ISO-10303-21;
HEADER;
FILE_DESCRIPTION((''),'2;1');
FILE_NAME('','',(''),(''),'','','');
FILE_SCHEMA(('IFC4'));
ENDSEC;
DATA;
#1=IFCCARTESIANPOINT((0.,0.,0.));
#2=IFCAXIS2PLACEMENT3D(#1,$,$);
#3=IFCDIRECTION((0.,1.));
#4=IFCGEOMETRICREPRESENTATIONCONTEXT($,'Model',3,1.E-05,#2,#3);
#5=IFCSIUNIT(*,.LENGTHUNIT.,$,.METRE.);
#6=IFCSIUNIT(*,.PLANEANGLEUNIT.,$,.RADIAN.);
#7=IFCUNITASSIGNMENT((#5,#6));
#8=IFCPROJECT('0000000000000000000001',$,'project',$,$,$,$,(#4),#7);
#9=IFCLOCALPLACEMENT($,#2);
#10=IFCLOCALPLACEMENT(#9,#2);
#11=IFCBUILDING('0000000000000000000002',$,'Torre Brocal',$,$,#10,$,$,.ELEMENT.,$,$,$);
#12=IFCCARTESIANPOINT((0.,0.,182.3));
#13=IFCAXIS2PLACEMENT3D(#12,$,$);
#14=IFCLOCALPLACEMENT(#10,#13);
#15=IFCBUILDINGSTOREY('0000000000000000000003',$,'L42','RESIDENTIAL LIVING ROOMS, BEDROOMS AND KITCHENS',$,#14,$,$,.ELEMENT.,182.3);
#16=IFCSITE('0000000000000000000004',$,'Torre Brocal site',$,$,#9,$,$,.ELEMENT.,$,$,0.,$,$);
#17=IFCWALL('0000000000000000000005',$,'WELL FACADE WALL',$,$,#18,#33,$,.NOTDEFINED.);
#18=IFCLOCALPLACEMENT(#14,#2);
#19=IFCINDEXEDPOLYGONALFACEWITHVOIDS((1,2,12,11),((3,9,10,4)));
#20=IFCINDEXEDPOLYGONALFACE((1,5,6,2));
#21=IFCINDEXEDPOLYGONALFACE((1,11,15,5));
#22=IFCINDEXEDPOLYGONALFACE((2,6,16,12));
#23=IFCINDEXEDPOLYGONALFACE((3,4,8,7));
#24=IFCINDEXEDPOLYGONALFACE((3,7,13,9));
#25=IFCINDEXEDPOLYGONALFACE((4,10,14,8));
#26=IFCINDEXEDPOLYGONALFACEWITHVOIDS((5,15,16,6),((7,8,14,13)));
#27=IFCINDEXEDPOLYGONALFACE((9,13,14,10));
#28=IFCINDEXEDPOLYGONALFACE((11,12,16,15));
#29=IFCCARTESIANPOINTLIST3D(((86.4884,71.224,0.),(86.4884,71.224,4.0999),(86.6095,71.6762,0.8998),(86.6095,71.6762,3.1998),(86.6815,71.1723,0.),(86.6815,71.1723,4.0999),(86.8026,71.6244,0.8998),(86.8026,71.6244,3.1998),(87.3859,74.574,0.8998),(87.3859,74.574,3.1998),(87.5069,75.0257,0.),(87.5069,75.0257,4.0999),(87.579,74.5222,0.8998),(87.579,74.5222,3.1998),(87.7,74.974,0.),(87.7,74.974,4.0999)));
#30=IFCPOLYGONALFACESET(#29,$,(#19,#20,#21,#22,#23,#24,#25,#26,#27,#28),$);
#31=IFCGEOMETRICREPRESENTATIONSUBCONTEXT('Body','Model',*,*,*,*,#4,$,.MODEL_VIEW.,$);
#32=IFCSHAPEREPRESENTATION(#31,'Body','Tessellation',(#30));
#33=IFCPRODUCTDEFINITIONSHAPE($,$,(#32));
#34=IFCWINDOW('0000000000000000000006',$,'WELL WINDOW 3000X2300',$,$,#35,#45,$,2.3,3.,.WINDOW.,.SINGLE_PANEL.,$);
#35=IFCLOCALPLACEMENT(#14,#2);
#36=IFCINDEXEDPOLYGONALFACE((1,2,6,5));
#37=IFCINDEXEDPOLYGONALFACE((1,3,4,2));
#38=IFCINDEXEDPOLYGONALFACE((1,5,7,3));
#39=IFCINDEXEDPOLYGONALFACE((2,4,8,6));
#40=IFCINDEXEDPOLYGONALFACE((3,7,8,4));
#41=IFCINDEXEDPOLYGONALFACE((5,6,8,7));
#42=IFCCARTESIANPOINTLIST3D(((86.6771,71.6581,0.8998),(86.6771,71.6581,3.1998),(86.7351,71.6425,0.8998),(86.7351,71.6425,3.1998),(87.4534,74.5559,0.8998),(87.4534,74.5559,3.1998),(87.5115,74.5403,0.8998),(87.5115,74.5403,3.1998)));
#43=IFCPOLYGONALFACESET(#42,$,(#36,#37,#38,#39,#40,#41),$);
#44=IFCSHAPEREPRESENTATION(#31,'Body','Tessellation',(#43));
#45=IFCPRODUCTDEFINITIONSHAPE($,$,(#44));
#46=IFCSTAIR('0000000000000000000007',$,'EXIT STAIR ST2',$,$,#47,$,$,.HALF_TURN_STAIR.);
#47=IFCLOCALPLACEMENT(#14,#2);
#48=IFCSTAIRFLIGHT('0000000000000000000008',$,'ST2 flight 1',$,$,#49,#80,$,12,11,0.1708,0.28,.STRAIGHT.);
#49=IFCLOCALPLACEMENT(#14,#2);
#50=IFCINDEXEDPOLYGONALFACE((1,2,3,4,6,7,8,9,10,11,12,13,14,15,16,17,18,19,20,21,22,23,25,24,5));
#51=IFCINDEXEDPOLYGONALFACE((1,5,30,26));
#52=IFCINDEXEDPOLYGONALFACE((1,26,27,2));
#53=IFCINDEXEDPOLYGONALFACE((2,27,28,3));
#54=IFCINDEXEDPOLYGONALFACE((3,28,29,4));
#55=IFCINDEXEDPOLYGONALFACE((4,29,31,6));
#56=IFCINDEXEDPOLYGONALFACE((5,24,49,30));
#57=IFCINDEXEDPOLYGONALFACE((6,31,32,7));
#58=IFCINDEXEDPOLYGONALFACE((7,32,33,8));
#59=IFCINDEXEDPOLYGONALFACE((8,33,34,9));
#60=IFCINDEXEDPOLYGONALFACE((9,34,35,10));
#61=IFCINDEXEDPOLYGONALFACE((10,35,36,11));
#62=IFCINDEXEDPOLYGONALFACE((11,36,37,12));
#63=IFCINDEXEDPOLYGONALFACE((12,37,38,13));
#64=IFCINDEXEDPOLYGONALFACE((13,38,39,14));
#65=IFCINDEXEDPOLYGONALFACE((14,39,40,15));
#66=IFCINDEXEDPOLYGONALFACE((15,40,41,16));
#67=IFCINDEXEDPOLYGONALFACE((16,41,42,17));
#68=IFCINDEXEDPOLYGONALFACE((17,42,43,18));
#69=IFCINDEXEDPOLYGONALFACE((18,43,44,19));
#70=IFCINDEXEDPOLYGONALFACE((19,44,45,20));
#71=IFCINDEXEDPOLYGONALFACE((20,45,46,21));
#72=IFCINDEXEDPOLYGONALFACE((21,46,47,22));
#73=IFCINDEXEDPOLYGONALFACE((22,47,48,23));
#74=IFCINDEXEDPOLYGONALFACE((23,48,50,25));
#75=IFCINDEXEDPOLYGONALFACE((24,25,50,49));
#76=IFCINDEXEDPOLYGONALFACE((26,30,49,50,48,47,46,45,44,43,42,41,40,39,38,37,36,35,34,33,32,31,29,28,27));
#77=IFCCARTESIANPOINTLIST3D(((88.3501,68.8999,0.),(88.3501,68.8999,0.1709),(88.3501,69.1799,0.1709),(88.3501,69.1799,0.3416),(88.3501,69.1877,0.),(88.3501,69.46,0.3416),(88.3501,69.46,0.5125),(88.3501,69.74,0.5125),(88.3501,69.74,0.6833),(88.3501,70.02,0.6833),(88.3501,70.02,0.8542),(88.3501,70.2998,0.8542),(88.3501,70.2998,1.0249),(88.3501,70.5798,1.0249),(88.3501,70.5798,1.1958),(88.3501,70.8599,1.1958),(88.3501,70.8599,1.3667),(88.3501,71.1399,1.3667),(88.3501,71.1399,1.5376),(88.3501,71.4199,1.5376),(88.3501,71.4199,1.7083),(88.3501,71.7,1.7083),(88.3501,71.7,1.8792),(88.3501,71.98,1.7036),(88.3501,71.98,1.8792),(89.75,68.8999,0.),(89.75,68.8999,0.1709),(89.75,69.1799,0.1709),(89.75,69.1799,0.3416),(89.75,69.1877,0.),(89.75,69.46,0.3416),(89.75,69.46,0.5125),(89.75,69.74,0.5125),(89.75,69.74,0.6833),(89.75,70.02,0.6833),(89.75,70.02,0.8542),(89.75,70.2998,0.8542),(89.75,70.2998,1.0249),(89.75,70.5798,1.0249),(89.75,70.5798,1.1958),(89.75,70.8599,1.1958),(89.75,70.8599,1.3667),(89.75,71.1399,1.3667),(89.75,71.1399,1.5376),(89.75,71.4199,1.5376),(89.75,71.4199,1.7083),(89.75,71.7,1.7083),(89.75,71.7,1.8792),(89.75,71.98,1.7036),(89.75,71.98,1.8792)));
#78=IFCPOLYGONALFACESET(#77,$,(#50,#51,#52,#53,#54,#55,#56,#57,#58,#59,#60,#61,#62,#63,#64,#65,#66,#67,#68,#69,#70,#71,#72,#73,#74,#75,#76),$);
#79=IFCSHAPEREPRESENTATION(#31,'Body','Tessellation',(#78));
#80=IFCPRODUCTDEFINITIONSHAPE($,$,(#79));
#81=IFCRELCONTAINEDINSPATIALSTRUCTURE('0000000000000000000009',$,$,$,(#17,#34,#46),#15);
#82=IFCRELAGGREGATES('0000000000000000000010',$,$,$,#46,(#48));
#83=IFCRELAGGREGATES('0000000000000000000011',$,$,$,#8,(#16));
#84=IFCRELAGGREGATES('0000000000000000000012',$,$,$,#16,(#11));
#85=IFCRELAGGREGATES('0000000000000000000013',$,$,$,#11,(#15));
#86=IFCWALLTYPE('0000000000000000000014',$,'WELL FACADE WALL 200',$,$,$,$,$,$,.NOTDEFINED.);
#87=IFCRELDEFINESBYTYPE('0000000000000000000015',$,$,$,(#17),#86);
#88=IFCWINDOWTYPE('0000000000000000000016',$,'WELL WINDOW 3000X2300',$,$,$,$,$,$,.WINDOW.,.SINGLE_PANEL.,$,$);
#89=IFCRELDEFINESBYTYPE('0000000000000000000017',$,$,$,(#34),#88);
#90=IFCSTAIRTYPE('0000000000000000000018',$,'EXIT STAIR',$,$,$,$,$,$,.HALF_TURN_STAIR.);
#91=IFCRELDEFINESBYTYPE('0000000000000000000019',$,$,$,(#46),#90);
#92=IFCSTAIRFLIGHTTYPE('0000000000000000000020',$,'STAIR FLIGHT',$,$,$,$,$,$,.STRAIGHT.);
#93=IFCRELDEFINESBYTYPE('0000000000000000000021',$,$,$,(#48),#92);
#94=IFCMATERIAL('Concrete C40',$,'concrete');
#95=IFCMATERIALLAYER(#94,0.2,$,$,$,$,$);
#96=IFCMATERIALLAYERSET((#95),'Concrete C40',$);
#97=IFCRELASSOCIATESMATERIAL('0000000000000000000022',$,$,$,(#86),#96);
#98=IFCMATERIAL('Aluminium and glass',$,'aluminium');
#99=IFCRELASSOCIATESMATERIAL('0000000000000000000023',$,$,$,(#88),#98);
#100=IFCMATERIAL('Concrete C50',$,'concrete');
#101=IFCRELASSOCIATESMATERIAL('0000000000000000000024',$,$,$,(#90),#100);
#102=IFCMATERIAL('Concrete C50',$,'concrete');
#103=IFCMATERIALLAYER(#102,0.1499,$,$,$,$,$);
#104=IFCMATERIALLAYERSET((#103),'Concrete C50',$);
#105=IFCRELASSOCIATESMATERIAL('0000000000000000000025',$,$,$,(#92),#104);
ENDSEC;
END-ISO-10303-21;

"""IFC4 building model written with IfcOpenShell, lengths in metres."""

from ifc_helpers import new_model, si_unit, direction, frame, frame_2d, origin, place, context, subcontext, project, spatial, polyline, rectangle, outline, extrude, material, layer, layer_set, type_object, element, fill, aggregate, save


model = new_model("IFC4")

# Units and contexts
model_context = context("Model", 3, precision=1e-05, world=origin(), true_north=direction((0.0, 1.0)))
body_context = subcontext(model_context, "Body", "Model", "MODEL_VIEW")
ifc_project = project(units=[si_unit("LENGTHUNIT", "METRE"), si_unit("PLANEANGLEUNIT", "RADIAN")], contexts=[model_context])

# Site, building, storey
site_placement = place(None, origin())
site = spatial("IfcSite", under=ifc_project, at=site_placement, Name="Torre Brocal site", CompositionType="ELEMENT", RefElevation=0.0)
building_placement = place(site_placement, origin())
building = spatial("IfcBuilding", under=site, at=building_placement, Name="Torre Brocal", CompositionType="ELEMENT")
storey_placement = place(building_placement, frame((0.0, 0.0, 182.3)))
storey = spatial("IfcBuildingStorey", under=building, at=storey_placement, Name="L42", Description="RESIDENTIAL LIVING ROOMS, BEDROOMS AND KITCHENS", CompositionType="ELEMENT", Elevation=182.3)

# Wall, opening, window
ifc_material_1 = material(Name="Concrete C40", Category="concrete")
ifc_layer_1 = layer(ifc_material_1, 0.2)
ifc_layer_set_1 = layer_set([ifc_layer_1], Name="Concrete C40")
wall_type_1 = type_object("IfcWallType", Name="WELL FACADE WALL 200", PredefinedType="NOTDEFINED", material=ifc_layer_set_1)
ifc_material_2 = material(Name="Aluminium and glass", Category="aluminium")
window_type = type_object("IfcWindowType", Name="WELL WINDOW 3000X2300", PartitioningType="SINGLE_PANEL", PredefinedType="WINDOW", material=ifc_material_2)
wall_1_placement = place(storey_placement, frame((86.585, 71.1982, 0.0), z_axis=(0.0, 0.0, 1.0), x_axis=(0.25879, 0.965934, 0.0)))
wall_1 = element("IfcWall", 1, at=wall_1_placement, inside=storey, type_object=wall_type_1, Name="WELL FACADE WALL", PredefinedType="NOTDEFINED", context=body_context, shape_type="SweptSolid", body=[
    extrude(rectangle(XDim=3.9358, YDim=0.2, at=frame_2d((1.9678, 0.0))), origin(), (0.0, 0.0, 1.0), 4.0999),
])
opening_1_placement = place(wall_1_placement, frame((0.468, 0.0, 0.8999)))
opening_1 = element("IfcOpeningElement", 2, at=opening_1_placement, cuts=wall_1, PredefinedType="OPENING", context=body_context, shape_type="SweptSolid", body=[
    extrude(rectangle(XDim=3.0, YDim=2.3, at=frame_2d((1.5, 1.1499))), frame((0.0, 0.1099, 0.0), z_axis=(0.0, -1.0, 0.0), x_axis=(1.0, 0.0, 0.0)), (0.0, 0.0, 1.0), 0.22),
])
window_1_placement = place(opening_1_placement, origin())
window_1 = element("IfcWindow", 3, at=window_1_placement, inside=storey, type_object=window_type, Name="WELL WINDOW 3000X2300", OverallHeight=2.3, OverallWidth=3.0, PartitioningType="SINGLE_PANEL", PredefinedType="WINDOW", context=body_context, shape_type="SweptSolid", body=[
    extrude(rectangle(XDim=3.0, YDim=2.3, at=frame_2d((1.5, 1.1499))), frame((0.0, 0.03, 0.0), z_axis=(0.0, -1.0, 0.0), x_axis=(1.0, 0.0, 0.0)), (0.0, 0.0, 1.0), 0.0601),
])
fill(opening_1, window_1)

# Stair, stair flight
ifc_material_3 = material(Name="Concrete C50", Category="concrete")
stair_type = type_object("IfcStairType", Name="EXIT STAIR", PredefinedType="HALF_TURN_STAIR", material=ifc_material_3)
stair_placement = place(storey_placement, origin())
stair = element("IfcStair", 4, at=stair_placement, inside=storey, type_object=stair_type, Name="EXIT STAIR ST2", PredefinedType="HALF_TURN_STAIR")
ifc_material_4 = material(Name="Concrete C50", Category="concrete")
ifc_layer_2 = layer(ifc_material_4, 0.1499)
ifc_layer_set_2 = layer_set([ifc_layer_2], Name="Concrete C50")
stair_flight_type = type_object("IfcStairFlightType", Name="STAIR FLIGHT", PredefinedType="STRAIGHT", material=ifc_layer_set_2)
stair_flight_placement = place(storey_placement, frame((89.05, 68.8999, 0.0), z_axis=(0.0, 0.0, 1.0), x_axis=(0.0, 1.0, 0.0)))
stair_flight = element("IfcStairFlight", 5, at=stair_flight_placement, type_object=stair_flight_type, Name="ST2 flight 1", NumberOfRisers=12, NumberOfTreads=11, PredefinedType="STRAIGHT", RiserHeight=0.1708, TreadLength=0.28, context=body_context, shape_type="SweptSolid", body=[
    extrude(outline(polyline([(0.0, 0.0), (0.0, 0.1709), (0.28, 0.1709), (0.28, 0.3416), (0.5601, 0.3416), (0.5601, 0.5125), (0.8401, 0.5125), (0.8401, 0.6833), (1.1201, 0.6833), (1.1201, 0.8542), (1.3999, 0.8542), (1.3999, 1.0249), (1.6799, 1.0249), (1.6799, 1.1958), (1.96, 1.1958), (1.96, 1.3667), (2.24, 1.3667), (2.24, 1.5376), (2.52, 1.5376), (2.52, 1.7083), (2.8, 1.7083), (2.8, 1.8792), (3.0801, 1.8792), (3.0801, 2.05), (3.0801, 1.7036), (0.2878, 0.0), (0.0, 0.0)])), frame((0.0, 0.7, 0.0), z_axis=(0.0, -1.0, 0.0), x_axis=(1.0, 0.0, 0.0)), (0.0, 0.0, 1.0), 1.3999),
])
aggregate(stair, [stair_flight])

save(model, "model.ifc")
